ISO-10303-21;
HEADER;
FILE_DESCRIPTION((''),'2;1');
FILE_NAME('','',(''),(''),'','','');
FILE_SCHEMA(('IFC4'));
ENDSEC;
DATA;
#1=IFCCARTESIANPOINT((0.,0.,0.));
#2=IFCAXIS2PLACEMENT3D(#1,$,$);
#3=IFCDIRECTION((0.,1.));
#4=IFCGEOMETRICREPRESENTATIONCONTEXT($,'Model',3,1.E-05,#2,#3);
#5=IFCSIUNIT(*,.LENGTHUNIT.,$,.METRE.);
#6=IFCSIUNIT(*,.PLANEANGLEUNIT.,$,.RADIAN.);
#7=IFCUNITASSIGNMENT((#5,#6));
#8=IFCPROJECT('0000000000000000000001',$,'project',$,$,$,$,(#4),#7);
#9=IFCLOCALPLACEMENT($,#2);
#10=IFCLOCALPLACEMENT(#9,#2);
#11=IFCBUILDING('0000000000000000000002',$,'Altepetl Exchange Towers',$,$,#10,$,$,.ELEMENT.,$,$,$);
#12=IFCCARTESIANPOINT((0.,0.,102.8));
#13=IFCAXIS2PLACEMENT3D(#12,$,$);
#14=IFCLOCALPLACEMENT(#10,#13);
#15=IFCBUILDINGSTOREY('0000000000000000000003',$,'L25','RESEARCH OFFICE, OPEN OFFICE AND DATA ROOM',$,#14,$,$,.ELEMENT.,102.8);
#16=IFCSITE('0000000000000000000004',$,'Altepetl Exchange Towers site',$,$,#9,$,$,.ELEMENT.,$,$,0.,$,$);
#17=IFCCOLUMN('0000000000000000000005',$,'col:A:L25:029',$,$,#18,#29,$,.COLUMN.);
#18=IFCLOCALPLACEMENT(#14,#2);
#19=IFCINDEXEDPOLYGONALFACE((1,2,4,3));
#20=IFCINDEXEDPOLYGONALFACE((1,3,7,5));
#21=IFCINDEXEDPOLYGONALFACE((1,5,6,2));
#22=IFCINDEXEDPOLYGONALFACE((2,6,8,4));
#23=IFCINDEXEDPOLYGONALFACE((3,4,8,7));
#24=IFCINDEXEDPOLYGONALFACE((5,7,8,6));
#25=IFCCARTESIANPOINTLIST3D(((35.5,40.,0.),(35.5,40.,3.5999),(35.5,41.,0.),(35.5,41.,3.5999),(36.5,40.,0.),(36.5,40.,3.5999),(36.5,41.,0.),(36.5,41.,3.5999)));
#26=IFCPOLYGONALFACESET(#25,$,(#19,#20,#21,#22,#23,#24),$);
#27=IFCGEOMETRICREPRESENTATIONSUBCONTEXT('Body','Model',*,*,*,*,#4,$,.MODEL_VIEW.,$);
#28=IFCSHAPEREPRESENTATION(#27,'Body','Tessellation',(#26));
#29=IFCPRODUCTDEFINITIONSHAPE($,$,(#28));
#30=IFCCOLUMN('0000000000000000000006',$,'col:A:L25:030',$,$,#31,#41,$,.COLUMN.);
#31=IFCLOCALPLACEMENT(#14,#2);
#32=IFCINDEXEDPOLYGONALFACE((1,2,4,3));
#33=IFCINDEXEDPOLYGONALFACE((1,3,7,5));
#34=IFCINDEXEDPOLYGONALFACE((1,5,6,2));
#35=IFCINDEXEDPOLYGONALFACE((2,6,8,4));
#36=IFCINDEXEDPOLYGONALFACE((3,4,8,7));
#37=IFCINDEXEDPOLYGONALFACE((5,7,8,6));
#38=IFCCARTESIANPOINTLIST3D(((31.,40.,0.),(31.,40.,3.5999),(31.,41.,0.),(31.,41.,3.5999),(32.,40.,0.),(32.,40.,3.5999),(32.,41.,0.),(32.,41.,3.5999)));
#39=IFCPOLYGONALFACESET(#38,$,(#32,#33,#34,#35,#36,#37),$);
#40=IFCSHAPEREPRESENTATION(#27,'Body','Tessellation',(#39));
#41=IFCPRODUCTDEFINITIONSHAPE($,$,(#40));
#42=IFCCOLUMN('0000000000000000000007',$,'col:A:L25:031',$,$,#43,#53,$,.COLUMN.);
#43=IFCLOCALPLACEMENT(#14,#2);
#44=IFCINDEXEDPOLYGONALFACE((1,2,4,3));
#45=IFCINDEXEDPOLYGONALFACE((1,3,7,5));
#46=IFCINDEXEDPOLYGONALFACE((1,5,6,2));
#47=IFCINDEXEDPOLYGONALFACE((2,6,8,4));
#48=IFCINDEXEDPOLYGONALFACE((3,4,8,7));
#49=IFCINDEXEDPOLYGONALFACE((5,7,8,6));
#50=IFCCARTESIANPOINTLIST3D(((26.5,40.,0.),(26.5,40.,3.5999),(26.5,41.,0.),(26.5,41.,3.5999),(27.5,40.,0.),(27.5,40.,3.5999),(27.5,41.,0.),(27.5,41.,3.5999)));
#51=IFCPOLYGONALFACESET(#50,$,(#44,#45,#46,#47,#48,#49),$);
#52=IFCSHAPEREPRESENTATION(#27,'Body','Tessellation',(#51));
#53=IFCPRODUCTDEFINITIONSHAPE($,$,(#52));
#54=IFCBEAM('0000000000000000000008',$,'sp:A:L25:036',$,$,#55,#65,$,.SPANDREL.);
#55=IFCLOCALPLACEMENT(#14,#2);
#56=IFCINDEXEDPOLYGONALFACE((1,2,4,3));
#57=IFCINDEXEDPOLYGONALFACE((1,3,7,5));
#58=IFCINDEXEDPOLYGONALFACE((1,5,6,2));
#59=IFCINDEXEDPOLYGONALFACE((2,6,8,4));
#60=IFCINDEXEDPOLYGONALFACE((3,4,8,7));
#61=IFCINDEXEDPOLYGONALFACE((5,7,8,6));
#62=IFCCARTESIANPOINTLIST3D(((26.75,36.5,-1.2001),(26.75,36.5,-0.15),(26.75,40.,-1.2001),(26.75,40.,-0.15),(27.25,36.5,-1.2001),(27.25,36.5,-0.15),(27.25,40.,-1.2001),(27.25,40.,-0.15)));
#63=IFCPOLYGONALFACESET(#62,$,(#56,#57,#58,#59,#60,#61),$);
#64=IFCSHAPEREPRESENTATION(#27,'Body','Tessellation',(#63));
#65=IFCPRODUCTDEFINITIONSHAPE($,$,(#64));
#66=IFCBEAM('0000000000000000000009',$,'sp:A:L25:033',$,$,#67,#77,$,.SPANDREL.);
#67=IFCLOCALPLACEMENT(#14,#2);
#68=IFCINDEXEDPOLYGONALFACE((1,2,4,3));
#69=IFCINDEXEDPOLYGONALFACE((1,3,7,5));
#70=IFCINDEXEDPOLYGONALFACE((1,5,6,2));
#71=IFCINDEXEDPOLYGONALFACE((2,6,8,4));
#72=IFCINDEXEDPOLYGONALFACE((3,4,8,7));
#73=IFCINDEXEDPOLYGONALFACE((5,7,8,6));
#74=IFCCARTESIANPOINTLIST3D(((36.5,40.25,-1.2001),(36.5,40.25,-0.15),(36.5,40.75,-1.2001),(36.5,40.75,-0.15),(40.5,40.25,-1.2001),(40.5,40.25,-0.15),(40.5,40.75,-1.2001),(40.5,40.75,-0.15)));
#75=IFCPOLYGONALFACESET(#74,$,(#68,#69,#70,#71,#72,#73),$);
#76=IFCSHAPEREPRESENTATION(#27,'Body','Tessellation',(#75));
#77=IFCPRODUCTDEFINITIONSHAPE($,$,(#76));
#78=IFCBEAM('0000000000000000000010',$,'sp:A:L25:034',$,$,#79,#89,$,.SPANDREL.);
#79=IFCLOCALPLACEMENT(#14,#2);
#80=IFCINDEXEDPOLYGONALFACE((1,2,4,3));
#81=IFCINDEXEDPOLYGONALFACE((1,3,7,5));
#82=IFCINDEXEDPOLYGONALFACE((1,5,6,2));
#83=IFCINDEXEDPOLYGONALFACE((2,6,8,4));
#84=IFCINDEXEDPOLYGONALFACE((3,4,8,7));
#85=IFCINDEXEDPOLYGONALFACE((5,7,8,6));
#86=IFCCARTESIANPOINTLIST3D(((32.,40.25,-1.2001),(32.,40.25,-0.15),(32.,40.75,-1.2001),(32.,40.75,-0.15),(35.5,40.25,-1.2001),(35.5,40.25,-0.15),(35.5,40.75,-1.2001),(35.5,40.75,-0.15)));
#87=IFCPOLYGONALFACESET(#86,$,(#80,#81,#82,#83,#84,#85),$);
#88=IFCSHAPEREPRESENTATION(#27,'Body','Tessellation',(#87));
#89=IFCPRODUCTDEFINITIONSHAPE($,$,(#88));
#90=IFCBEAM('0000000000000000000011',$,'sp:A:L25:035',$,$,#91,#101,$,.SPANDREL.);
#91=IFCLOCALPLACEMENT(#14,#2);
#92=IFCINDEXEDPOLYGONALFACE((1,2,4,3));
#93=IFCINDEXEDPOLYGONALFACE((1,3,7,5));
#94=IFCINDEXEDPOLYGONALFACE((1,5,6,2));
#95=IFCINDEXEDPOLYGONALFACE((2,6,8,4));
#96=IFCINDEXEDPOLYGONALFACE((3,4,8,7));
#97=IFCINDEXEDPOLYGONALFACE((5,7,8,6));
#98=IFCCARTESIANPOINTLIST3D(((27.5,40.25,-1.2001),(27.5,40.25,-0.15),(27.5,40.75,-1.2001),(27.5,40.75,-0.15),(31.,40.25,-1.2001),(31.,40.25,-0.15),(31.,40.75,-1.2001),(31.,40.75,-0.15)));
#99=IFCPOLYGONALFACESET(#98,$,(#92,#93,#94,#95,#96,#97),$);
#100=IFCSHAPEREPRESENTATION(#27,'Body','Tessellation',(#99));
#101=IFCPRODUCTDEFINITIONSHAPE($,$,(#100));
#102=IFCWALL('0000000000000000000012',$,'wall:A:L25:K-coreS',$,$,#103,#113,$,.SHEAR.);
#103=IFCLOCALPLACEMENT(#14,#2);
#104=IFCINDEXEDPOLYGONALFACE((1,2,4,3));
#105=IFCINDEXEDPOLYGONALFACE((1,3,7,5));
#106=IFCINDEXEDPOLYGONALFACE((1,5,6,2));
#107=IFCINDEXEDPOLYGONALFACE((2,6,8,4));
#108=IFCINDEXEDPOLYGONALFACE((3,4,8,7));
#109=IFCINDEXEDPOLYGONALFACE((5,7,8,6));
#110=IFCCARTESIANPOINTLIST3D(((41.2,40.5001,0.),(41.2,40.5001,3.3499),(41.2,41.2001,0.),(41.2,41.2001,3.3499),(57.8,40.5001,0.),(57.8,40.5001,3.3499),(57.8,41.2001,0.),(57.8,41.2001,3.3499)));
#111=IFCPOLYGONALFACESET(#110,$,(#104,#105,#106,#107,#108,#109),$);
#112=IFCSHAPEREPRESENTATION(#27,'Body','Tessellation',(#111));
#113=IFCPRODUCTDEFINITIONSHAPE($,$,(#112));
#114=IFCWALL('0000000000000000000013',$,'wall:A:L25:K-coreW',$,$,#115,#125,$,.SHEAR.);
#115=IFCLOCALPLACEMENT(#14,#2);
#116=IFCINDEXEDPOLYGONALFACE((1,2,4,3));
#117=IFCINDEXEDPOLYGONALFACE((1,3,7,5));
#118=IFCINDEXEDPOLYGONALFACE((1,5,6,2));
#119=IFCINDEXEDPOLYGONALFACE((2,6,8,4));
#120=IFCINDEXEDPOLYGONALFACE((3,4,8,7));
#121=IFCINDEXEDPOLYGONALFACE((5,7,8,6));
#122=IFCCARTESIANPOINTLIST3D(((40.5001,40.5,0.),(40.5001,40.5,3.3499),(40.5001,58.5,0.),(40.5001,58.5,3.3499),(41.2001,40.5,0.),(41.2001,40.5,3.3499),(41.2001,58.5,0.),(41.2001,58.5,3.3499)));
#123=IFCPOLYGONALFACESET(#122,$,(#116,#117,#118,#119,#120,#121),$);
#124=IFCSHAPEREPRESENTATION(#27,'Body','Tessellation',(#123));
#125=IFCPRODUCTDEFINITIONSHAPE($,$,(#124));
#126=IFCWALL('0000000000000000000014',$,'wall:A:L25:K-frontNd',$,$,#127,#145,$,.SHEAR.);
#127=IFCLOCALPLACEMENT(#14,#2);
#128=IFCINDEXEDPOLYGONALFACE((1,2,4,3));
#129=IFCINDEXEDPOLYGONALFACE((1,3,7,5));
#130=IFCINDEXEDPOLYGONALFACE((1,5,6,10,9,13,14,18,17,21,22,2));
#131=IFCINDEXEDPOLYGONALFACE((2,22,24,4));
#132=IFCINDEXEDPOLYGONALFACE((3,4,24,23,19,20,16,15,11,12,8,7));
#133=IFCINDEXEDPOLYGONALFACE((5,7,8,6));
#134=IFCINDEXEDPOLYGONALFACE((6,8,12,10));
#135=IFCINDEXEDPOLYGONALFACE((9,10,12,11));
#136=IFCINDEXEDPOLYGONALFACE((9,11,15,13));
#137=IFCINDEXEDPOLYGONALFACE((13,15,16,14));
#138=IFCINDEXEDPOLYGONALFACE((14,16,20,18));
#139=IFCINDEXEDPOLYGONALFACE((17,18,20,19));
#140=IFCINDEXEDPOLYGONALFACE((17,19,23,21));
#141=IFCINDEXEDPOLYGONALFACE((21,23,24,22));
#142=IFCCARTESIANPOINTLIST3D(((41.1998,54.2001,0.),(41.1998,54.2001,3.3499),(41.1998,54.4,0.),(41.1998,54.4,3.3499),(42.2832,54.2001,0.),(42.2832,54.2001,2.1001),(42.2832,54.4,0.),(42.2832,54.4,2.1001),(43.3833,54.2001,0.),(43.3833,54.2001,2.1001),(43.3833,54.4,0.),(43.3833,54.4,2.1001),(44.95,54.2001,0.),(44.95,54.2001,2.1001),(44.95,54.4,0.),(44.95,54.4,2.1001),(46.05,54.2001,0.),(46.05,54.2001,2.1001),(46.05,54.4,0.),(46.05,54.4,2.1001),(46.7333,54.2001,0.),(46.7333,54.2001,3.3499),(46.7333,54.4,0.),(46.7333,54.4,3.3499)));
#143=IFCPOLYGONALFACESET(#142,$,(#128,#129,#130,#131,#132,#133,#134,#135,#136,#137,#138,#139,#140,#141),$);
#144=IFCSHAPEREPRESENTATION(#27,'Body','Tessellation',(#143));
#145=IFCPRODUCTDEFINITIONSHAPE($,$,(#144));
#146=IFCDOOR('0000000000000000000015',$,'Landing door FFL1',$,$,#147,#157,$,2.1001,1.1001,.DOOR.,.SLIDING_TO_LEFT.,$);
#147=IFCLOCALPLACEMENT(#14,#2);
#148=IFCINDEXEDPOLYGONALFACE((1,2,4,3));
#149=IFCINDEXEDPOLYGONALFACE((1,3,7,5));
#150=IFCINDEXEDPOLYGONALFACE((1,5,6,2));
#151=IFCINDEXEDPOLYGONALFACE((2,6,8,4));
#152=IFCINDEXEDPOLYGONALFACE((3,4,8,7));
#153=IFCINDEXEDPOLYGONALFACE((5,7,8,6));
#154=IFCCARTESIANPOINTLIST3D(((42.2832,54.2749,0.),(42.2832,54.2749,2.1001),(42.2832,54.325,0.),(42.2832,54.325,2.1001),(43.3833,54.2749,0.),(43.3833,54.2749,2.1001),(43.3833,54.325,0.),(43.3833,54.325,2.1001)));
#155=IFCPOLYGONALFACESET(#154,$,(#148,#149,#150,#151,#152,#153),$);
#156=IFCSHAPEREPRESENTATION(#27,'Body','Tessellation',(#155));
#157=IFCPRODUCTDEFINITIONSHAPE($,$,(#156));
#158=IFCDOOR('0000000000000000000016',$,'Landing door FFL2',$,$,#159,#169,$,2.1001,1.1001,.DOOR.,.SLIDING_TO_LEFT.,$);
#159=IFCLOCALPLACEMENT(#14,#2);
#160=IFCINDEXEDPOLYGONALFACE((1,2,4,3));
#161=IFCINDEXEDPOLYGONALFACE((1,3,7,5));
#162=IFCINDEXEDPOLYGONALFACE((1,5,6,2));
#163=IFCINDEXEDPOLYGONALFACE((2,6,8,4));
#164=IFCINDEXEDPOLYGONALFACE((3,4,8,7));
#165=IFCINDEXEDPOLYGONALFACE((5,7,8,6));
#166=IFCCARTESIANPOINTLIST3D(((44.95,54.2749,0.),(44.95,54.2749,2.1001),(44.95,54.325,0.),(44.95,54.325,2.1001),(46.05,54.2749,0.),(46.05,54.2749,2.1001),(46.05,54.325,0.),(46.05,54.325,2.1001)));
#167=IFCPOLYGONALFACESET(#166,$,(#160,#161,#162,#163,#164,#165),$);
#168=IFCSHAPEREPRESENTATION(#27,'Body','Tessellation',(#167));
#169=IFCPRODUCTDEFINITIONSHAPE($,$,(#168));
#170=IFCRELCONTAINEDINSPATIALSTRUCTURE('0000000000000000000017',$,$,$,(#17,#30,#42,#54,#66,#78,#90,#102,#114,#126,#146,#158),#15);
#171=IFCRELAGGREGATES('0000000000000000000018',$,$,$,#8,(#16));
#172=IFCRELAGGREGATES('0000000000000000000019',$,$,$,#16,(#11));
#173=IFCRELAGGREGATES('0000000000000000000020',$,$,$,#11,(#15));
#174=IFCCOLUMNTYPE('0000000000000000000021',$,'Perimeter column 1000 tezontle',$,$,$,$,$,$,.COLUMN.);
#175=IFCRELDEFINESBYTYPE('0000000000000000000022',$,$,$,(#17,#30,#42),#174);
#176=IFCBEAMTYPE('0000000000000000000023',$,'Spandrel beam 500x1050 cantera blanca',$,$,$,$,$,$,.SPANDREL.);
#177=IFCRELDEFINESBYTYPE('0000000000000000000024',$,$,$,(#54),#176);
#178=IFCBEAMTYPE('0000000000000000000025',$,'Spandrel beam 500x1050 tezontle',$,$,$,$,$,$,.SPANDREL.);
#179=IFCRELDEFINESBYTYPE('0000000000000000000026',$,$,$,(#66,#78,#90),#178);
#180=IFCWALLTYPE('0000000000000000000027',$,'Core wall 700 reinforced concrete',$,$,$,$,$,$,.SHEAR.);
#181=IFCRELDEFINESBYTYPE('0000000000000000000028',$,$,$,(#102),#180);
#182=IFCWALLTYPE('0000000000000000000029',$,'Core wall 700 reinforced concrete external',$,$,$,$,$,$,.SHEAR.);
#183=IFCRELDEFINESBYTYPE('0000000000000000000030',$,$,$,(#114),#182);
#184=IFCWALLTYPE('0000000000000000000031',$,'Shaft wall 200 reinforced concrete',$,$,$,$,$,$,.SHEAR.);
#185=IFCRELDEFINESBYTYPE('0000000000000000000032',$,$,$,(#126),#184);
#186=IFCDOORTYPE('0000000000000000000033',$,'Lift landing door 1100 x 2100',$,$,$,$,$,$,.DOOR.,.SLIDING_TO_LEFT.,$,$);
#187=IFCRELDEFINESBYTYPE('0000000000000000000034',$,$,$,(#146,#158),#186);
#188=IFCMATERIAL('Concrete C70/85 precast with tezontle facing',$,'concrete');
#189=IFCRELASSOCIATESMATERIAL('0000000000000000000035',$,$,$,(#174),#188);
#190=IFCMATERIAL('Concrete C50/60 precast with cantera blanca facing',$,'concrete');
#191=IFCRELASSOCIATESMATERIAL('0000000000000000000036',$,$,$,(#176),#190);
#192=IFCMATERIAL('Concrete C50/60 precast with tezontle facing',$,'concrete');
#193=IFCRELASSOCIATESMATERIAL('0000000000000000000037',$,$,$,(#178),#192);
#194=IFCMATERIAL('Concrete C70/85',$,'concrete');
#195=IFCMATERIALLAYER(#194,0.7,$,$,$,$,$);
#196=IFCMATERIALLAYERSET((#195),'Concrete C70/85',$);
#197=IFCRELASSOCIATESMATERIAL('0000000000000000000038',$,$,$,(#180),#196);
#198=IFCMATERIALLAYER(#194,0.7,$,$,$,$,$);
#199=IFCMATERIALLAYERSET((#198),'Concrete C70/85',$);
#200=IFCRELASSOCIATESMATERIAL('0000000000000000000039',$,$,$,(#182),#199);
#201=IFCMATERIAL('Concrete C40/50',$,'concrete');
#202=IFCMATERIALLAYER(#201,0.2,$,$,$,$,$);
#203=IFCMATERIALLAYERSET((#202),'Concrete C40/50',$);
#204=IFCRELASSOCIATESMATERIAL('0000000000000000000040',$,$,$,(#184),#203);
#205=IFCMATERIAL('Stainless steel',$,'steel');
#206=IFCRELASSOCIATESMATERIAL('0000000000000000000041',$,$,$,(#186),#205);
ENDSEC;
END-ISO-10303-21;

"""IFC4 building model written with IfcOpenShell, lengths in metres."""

from ifc_helpers import new_model, si_unit, direction, frame, frame_2d, origin, origin_2d, place, context, subcontext, project, spatial, rectangle, extrude, material, layer, layer_set, material_profile, profile_set, type_object, element, fill, save


model = new_model("IFC4")

# Units and contexts
model_context = context("Model", 3, precision=1e-05, world=origin(), true_north=direction((0.0, 1.0)))
body_context = subcontext(model_context, "Body", "Model", "MODEL_VIEW")
ifc_project = project(units=[si_unit("LENGTHUNIT", "METRE"), si_unit("PLANEANGLEUNIT", "RADIAN")], contexts=[model_context])

# Site, building, storey
site_placement = place(None, origin())
site = spatial("IfcSite", under=ifc_project, at=site_placement, Name="Altepetl Exchange Towers site", CompositionType="ELEMENT", RefElevation=0.0)
building_placement = place(site_placement, origin())
building = spatial("IfcBuilding", under=site, at=building_placement, Name="Altepetl Exchange Towers", CompositionType="ELEMENT")
storey_placement = place(building_placement, frame((0.0, 0.0, 102.8)))
storey = spatial("IfcBuildingStorey", under=building, at=storey_placement, Name="L25", Description="RESEARCH OFFICE, OPEN OFFICE AND DATA ROOM", CompositionType="ELEMENT", Elevation=102.8)

# Columns
ifc_material_1 = material(Name="Concrete C70/85 precast with tezontle facing", Category="concrete")
ifc_material_profile_1 = material_profile(ifc_material_1, rectangle(XDim=1.0, YDim=1.0, at=origin_2d()), Name="1000 x 1000")
ifc_profile_set_1 = profile_set([ifc_material_profile_1], Name="Concrete C70/85 precast with tezontle facing")
column_type = type_object("IfcColumnType", Name="Perimeter column 1000 tezontle", PredefinedType="COLUMN", material=ifc_profile_set_1)
for number, where, name in (
    (1, (36.0, 40.5, 0.0), "col:A:L25:029"),
    (2, (31.5, 40.5, 0.0), "col:A:L25:030"),
    (3, (27.0, 40.5, 0.0), "col:A:L25:031"),
):
    element("IfcColumn", number, at=place(storey_placement, frame(where)), inside=storey, type_object=column_type, Name=name, PredefinedType="COLUMN", context=body_context, shape_type="SweptSolid", body=[
        extrude(rectangle(XDim=1.0, YDim=1.0, at=origin_2d()), origin(), (0.0, 0.0, 1.0), 3.5999),
    ])

# Beams
ifc_material_2 = material(Name="Concrete C50/60 precast with cantera blanca facing", Category="concrete")
ifc_material_profile_2 = material_profile(ifc_material_2, rectangle(XDim=0.5, YDim=1.05, at=origin_2d()), Name="500 x 1050")
ifc_profile_set_2 = profile_set([ifc_material_profile_2], Name="Concrete C50/60 precast with cantera blanca facing")
beam_type_1 = type_object("IfcBeamType", Name="Spandrel beam 500x1050 cantera blanca", PredefinedType="SPANDREL", material=ifc_profile_set_2)
beam_1_placement = place(storey_placement, frame((27.0, 40.0, -0.675), z_axis=(0.0, -1.0, 0.0), x_axis=(1.0, 0.0, 0.0)))
element("IfcBeam", 4, at=beam_1_placement, inside=storey, type_object=beam_type_1, Name="sp:A:L25:036", PredefinedType="SPANDREL", context=body_context, shape_type="SweptSolid", body=[
    extrude(rectangle(XDim=0.5, YDim=1.05, at=origin_2d()), origin(), (0.0, 0.0, 1.0), 3.5),
])
ifc_material_3 = material(Name="Concrete C50/60 precast with tezontle facing", Category="concrete")
ifc_material_profile_3 = material_profile(ifc_material_3, rectangle(XDim=0.5, YDim=1.05, at=origin_2d()), Name="500 x 1050")
ifc_profile_set_3 = profile_set([ifc_material_profile_3], Name="Concrete C50/60 precast with tezontle facing")
beam_type_2 = type_object("IfcBeamType", Name="Spandrel beam 500x1050 tezontle", PredefinedType="SPANDREL", material=ifc_profile_set_3)
beam_2_placement = place(storey_placement, frame((40.5, 40.5, -0.675), z_axis=(-1.0, 0.0, 0.0), x_axis=(0.0, -1.0, 0.0)))
element("IfcBeam", 5, at=beam_2_placement, inside=storey, type_object=beam_type_2, Name="sp:A:L25:033", PredefinedType="SPANDREL", context=body_context, shape_type="SweptSolid", body=[
    extrude(rectangle(XDim=0.5, YDim=1.05, at=origin_2d()), origin(), (0.0, 0.0, 1.0), 4.0),
])
for number, where, z_axis, x_axis, name in (
    (6, (35.5, 40.5, -0.675), (-1.0, 0.0, 0.0), (0.0, -1.0, 0.0), "sp:A:L25:034"),
    (7, (31.0, 40.5, -0.675), (-1.0, 0.0, 0.0), (0.0, -1.0, 0.0), "sp:A:L25:035"),
):
    element("IfcBeam", number, at=place(storey_placement, frame(where, z_axis=z_axis, x_axis=x_axis)), inside=storey, type_object=beam_type_2, Name=name, PredefinedType="SPANDREL", context=body_context, shape_type="SweptSolid", body=[
        extrude(rectangle(XDim=0.5, YDim=1.05, at=origin_2d()), origin(), (0.0, 0.0, 1.0), 3.5),
    ])

# Walls
ifc_material_4 = material(Name="Concrete C70/85", Category="concrete")
ifc_layer_1 = layer(ifc_material_4, 0.7)
ifc_layer_set_1 = layer_set([ifc_layer_1], Name="Concrete C70/85")
wall_type_1 = type_object("IfcWallType", Name="Core wall 700 reinforced concrete", PredefinedType="SHEAR", material=ifc_layer_set_1)
wall_1_placement = place(storey_placement, frame((41.2, 40.8501, 0.0)))
element("IfcWall", 8, at=wall_1_placement, inside=storey, type_object=wall_type_1, Name="wall:A:L25:K-coreS", PredefinedType="SHEAR", context=body_context, shape_type="SweptSolid", body=[
    extrude(rectangle(XDim=16.6001, YDim=0.7, at=frame_2d((8.3, 0.0))), origin(), (0.0, 0.0, 1.0), 3.3499),
])
ifc_layer_2 = layer(ifc_material_4, 0.7)
ifc_layer_set_2 = layer_set([ifc_layer_2], Name="Concrete C70/85")
wall_type_2 = type_object("IfcWallType", Name="Core wall 700 reinforced concrete external", PredefinedType="SHEAR", material=ifc_layer_set_2)
wall_2_placement = place(storey_placement, frame((40.8501, 40.5, 0.0), z_axis=(0.0, 0.0, 1.0), x_axis=(0.0, 1.0, 0.0)))
element("IfcWall", 9, at=wall_2_placement, inside=storey, type_object=wall_type_2, Name="wall:A:L25:K-coreW", PredefinedType="SHEAR", context=body_context, shape_type="SweptSolid", body=[
    extrude(rectangle(XDim=18.0, YDim=0.7, at=frame_2d((9.0, 0.0))), origin(), (0.0, 0.0, 1.0), 3.3499),
])

# Wall, openings, doors
ifc_material_5 = material(Name="Concrete C40/50", Category="concrete")
ifc_layer_3 = layer(ifc_material_5, 0.2)
ifc_layer_set_3 = layer_set([ifc_layer_3], Name="Concrete C40/50")
wall_type_3 = type_object("IfcWallType", Name="Shaft wall 200 reinforced concrete", PredefinedType="SHEAR", material=ifc_layer_set_3)
wall_3_placement = place(storey_placement, frame((41.2, 54.3, 0.0)))
wall_3 = element("IfcWall", 10, at=wall_3_placement, inside=storey, type_object=wall_type_3, Name="wall:A:L25:K-frontNd", PredefinedType="SHEAR", context=body_context, shape_type="SweptSolid", body=[
    extrude(rectangle(XDim=5.5334, YDim=0.2, at=frame_2d((2.7666, 0.0))), origin(), (0.0, 0.0, 1.0), 3.3499),
])
opening_1_placement = place(wall_3_placement, frame((1.0833, 0.0, 0.0)))
opening_1 = element("IfcOpeningElement", 11, at=opening_1_placement, cuts=wall_3, PredefinedType="OPENING", context=body_context, shape_type="SweptSolid", body=[
    extrude(rectangle(XDim=1.1001, YDim=2.1001, at=frame_2d((0.55, 1.05))), frame((0.0, 0.1099, 0.0), z_axis=(0.0, -1.0, 0.0), x_axis=(1.0, 0.0, 0.0)), (0.0, 0.0, 1.0), 0.22),
])
opening_2_placement = place(wall_3_placement, frame((3.75, 0.0, 0.0)))
opening_2 = element("IfcOpeningElement", 12, at=opening_2_placement, cuts=wall_3, PredefinedType="OPENING", context=body_context, shape_type="SweptSolid", body=[
    extrude(rectangle(XDim=1.1001, YDim=2.1001, at=frame_2d((0.55, 1.05))), frame((0.0, 0.1099, 0.0), z_axis=(0.0, -1.0, 0.0), x_axis=(1.0, 0.0, 0.0)), (0.0, 0.0, 1.0), 0.22),
])
ifc_material_6 = material(Name="Stainless steel", Category="steel")
door_type_1 = type_object("IfcDoorType", Name="Lift landing door 1100 x 2100", OperationType="SLIDING_TO_LEFT", PredefinedType="DOOR", material=ifc_material_6)
door_1_placement = place(opening_1_placement, origin())
door_1 = element("IfcDoor", 13, at=door_1_placement, inside=storey, type_object=door_type_1, Name="Landing door FFL1", OperationType="SLIDING_TO_LEFT", OverallHeight=2.1001, OverallWidth=1.1001, PredefinedType="DOOR", context=body_context, shape_type="SweptSolid", body=[
    extrude(rectangle(XDim=1.1001, YDim=2.1001, at=frame_2d((0.55, 1.05))), frame((0.0, 0.0249, 0.0), z_axis=(0.0, -1.0, 0.0), x_axis=(1.0, 0.0, 0.0)), (0.0, 0.0, 1.0), 0.05),
])
fill(opening_1, door_1)
door_2_placement = place(opening_2_placement, origin())
door_2 = element("IfcDoor", 14, at=door_2_placement, inside=storey, type_object=door_type_1, Name="Landing door FFL2", OperationType="SLIDING_TO_LEFT", OverallHeight=2.1001, OverallWidth=1.1001, PredefinedType="DOOR", context=body_context, shape_type="SweptSolid", body=[
    extrude(rectangle(XDim=1.1001, YDim=2.1001, at=frame_2d((0.55, 1.05))), frame((0.0, 0.0249, 0.0), z_axis=(0.0, -1.0, 0.0), x_axis=(1.0, 0.0, 0.0)), (0.0, 0.0, 1.0), 0.05),
])
fill(opening_2, door_2)

save(model, "model.ifc")
